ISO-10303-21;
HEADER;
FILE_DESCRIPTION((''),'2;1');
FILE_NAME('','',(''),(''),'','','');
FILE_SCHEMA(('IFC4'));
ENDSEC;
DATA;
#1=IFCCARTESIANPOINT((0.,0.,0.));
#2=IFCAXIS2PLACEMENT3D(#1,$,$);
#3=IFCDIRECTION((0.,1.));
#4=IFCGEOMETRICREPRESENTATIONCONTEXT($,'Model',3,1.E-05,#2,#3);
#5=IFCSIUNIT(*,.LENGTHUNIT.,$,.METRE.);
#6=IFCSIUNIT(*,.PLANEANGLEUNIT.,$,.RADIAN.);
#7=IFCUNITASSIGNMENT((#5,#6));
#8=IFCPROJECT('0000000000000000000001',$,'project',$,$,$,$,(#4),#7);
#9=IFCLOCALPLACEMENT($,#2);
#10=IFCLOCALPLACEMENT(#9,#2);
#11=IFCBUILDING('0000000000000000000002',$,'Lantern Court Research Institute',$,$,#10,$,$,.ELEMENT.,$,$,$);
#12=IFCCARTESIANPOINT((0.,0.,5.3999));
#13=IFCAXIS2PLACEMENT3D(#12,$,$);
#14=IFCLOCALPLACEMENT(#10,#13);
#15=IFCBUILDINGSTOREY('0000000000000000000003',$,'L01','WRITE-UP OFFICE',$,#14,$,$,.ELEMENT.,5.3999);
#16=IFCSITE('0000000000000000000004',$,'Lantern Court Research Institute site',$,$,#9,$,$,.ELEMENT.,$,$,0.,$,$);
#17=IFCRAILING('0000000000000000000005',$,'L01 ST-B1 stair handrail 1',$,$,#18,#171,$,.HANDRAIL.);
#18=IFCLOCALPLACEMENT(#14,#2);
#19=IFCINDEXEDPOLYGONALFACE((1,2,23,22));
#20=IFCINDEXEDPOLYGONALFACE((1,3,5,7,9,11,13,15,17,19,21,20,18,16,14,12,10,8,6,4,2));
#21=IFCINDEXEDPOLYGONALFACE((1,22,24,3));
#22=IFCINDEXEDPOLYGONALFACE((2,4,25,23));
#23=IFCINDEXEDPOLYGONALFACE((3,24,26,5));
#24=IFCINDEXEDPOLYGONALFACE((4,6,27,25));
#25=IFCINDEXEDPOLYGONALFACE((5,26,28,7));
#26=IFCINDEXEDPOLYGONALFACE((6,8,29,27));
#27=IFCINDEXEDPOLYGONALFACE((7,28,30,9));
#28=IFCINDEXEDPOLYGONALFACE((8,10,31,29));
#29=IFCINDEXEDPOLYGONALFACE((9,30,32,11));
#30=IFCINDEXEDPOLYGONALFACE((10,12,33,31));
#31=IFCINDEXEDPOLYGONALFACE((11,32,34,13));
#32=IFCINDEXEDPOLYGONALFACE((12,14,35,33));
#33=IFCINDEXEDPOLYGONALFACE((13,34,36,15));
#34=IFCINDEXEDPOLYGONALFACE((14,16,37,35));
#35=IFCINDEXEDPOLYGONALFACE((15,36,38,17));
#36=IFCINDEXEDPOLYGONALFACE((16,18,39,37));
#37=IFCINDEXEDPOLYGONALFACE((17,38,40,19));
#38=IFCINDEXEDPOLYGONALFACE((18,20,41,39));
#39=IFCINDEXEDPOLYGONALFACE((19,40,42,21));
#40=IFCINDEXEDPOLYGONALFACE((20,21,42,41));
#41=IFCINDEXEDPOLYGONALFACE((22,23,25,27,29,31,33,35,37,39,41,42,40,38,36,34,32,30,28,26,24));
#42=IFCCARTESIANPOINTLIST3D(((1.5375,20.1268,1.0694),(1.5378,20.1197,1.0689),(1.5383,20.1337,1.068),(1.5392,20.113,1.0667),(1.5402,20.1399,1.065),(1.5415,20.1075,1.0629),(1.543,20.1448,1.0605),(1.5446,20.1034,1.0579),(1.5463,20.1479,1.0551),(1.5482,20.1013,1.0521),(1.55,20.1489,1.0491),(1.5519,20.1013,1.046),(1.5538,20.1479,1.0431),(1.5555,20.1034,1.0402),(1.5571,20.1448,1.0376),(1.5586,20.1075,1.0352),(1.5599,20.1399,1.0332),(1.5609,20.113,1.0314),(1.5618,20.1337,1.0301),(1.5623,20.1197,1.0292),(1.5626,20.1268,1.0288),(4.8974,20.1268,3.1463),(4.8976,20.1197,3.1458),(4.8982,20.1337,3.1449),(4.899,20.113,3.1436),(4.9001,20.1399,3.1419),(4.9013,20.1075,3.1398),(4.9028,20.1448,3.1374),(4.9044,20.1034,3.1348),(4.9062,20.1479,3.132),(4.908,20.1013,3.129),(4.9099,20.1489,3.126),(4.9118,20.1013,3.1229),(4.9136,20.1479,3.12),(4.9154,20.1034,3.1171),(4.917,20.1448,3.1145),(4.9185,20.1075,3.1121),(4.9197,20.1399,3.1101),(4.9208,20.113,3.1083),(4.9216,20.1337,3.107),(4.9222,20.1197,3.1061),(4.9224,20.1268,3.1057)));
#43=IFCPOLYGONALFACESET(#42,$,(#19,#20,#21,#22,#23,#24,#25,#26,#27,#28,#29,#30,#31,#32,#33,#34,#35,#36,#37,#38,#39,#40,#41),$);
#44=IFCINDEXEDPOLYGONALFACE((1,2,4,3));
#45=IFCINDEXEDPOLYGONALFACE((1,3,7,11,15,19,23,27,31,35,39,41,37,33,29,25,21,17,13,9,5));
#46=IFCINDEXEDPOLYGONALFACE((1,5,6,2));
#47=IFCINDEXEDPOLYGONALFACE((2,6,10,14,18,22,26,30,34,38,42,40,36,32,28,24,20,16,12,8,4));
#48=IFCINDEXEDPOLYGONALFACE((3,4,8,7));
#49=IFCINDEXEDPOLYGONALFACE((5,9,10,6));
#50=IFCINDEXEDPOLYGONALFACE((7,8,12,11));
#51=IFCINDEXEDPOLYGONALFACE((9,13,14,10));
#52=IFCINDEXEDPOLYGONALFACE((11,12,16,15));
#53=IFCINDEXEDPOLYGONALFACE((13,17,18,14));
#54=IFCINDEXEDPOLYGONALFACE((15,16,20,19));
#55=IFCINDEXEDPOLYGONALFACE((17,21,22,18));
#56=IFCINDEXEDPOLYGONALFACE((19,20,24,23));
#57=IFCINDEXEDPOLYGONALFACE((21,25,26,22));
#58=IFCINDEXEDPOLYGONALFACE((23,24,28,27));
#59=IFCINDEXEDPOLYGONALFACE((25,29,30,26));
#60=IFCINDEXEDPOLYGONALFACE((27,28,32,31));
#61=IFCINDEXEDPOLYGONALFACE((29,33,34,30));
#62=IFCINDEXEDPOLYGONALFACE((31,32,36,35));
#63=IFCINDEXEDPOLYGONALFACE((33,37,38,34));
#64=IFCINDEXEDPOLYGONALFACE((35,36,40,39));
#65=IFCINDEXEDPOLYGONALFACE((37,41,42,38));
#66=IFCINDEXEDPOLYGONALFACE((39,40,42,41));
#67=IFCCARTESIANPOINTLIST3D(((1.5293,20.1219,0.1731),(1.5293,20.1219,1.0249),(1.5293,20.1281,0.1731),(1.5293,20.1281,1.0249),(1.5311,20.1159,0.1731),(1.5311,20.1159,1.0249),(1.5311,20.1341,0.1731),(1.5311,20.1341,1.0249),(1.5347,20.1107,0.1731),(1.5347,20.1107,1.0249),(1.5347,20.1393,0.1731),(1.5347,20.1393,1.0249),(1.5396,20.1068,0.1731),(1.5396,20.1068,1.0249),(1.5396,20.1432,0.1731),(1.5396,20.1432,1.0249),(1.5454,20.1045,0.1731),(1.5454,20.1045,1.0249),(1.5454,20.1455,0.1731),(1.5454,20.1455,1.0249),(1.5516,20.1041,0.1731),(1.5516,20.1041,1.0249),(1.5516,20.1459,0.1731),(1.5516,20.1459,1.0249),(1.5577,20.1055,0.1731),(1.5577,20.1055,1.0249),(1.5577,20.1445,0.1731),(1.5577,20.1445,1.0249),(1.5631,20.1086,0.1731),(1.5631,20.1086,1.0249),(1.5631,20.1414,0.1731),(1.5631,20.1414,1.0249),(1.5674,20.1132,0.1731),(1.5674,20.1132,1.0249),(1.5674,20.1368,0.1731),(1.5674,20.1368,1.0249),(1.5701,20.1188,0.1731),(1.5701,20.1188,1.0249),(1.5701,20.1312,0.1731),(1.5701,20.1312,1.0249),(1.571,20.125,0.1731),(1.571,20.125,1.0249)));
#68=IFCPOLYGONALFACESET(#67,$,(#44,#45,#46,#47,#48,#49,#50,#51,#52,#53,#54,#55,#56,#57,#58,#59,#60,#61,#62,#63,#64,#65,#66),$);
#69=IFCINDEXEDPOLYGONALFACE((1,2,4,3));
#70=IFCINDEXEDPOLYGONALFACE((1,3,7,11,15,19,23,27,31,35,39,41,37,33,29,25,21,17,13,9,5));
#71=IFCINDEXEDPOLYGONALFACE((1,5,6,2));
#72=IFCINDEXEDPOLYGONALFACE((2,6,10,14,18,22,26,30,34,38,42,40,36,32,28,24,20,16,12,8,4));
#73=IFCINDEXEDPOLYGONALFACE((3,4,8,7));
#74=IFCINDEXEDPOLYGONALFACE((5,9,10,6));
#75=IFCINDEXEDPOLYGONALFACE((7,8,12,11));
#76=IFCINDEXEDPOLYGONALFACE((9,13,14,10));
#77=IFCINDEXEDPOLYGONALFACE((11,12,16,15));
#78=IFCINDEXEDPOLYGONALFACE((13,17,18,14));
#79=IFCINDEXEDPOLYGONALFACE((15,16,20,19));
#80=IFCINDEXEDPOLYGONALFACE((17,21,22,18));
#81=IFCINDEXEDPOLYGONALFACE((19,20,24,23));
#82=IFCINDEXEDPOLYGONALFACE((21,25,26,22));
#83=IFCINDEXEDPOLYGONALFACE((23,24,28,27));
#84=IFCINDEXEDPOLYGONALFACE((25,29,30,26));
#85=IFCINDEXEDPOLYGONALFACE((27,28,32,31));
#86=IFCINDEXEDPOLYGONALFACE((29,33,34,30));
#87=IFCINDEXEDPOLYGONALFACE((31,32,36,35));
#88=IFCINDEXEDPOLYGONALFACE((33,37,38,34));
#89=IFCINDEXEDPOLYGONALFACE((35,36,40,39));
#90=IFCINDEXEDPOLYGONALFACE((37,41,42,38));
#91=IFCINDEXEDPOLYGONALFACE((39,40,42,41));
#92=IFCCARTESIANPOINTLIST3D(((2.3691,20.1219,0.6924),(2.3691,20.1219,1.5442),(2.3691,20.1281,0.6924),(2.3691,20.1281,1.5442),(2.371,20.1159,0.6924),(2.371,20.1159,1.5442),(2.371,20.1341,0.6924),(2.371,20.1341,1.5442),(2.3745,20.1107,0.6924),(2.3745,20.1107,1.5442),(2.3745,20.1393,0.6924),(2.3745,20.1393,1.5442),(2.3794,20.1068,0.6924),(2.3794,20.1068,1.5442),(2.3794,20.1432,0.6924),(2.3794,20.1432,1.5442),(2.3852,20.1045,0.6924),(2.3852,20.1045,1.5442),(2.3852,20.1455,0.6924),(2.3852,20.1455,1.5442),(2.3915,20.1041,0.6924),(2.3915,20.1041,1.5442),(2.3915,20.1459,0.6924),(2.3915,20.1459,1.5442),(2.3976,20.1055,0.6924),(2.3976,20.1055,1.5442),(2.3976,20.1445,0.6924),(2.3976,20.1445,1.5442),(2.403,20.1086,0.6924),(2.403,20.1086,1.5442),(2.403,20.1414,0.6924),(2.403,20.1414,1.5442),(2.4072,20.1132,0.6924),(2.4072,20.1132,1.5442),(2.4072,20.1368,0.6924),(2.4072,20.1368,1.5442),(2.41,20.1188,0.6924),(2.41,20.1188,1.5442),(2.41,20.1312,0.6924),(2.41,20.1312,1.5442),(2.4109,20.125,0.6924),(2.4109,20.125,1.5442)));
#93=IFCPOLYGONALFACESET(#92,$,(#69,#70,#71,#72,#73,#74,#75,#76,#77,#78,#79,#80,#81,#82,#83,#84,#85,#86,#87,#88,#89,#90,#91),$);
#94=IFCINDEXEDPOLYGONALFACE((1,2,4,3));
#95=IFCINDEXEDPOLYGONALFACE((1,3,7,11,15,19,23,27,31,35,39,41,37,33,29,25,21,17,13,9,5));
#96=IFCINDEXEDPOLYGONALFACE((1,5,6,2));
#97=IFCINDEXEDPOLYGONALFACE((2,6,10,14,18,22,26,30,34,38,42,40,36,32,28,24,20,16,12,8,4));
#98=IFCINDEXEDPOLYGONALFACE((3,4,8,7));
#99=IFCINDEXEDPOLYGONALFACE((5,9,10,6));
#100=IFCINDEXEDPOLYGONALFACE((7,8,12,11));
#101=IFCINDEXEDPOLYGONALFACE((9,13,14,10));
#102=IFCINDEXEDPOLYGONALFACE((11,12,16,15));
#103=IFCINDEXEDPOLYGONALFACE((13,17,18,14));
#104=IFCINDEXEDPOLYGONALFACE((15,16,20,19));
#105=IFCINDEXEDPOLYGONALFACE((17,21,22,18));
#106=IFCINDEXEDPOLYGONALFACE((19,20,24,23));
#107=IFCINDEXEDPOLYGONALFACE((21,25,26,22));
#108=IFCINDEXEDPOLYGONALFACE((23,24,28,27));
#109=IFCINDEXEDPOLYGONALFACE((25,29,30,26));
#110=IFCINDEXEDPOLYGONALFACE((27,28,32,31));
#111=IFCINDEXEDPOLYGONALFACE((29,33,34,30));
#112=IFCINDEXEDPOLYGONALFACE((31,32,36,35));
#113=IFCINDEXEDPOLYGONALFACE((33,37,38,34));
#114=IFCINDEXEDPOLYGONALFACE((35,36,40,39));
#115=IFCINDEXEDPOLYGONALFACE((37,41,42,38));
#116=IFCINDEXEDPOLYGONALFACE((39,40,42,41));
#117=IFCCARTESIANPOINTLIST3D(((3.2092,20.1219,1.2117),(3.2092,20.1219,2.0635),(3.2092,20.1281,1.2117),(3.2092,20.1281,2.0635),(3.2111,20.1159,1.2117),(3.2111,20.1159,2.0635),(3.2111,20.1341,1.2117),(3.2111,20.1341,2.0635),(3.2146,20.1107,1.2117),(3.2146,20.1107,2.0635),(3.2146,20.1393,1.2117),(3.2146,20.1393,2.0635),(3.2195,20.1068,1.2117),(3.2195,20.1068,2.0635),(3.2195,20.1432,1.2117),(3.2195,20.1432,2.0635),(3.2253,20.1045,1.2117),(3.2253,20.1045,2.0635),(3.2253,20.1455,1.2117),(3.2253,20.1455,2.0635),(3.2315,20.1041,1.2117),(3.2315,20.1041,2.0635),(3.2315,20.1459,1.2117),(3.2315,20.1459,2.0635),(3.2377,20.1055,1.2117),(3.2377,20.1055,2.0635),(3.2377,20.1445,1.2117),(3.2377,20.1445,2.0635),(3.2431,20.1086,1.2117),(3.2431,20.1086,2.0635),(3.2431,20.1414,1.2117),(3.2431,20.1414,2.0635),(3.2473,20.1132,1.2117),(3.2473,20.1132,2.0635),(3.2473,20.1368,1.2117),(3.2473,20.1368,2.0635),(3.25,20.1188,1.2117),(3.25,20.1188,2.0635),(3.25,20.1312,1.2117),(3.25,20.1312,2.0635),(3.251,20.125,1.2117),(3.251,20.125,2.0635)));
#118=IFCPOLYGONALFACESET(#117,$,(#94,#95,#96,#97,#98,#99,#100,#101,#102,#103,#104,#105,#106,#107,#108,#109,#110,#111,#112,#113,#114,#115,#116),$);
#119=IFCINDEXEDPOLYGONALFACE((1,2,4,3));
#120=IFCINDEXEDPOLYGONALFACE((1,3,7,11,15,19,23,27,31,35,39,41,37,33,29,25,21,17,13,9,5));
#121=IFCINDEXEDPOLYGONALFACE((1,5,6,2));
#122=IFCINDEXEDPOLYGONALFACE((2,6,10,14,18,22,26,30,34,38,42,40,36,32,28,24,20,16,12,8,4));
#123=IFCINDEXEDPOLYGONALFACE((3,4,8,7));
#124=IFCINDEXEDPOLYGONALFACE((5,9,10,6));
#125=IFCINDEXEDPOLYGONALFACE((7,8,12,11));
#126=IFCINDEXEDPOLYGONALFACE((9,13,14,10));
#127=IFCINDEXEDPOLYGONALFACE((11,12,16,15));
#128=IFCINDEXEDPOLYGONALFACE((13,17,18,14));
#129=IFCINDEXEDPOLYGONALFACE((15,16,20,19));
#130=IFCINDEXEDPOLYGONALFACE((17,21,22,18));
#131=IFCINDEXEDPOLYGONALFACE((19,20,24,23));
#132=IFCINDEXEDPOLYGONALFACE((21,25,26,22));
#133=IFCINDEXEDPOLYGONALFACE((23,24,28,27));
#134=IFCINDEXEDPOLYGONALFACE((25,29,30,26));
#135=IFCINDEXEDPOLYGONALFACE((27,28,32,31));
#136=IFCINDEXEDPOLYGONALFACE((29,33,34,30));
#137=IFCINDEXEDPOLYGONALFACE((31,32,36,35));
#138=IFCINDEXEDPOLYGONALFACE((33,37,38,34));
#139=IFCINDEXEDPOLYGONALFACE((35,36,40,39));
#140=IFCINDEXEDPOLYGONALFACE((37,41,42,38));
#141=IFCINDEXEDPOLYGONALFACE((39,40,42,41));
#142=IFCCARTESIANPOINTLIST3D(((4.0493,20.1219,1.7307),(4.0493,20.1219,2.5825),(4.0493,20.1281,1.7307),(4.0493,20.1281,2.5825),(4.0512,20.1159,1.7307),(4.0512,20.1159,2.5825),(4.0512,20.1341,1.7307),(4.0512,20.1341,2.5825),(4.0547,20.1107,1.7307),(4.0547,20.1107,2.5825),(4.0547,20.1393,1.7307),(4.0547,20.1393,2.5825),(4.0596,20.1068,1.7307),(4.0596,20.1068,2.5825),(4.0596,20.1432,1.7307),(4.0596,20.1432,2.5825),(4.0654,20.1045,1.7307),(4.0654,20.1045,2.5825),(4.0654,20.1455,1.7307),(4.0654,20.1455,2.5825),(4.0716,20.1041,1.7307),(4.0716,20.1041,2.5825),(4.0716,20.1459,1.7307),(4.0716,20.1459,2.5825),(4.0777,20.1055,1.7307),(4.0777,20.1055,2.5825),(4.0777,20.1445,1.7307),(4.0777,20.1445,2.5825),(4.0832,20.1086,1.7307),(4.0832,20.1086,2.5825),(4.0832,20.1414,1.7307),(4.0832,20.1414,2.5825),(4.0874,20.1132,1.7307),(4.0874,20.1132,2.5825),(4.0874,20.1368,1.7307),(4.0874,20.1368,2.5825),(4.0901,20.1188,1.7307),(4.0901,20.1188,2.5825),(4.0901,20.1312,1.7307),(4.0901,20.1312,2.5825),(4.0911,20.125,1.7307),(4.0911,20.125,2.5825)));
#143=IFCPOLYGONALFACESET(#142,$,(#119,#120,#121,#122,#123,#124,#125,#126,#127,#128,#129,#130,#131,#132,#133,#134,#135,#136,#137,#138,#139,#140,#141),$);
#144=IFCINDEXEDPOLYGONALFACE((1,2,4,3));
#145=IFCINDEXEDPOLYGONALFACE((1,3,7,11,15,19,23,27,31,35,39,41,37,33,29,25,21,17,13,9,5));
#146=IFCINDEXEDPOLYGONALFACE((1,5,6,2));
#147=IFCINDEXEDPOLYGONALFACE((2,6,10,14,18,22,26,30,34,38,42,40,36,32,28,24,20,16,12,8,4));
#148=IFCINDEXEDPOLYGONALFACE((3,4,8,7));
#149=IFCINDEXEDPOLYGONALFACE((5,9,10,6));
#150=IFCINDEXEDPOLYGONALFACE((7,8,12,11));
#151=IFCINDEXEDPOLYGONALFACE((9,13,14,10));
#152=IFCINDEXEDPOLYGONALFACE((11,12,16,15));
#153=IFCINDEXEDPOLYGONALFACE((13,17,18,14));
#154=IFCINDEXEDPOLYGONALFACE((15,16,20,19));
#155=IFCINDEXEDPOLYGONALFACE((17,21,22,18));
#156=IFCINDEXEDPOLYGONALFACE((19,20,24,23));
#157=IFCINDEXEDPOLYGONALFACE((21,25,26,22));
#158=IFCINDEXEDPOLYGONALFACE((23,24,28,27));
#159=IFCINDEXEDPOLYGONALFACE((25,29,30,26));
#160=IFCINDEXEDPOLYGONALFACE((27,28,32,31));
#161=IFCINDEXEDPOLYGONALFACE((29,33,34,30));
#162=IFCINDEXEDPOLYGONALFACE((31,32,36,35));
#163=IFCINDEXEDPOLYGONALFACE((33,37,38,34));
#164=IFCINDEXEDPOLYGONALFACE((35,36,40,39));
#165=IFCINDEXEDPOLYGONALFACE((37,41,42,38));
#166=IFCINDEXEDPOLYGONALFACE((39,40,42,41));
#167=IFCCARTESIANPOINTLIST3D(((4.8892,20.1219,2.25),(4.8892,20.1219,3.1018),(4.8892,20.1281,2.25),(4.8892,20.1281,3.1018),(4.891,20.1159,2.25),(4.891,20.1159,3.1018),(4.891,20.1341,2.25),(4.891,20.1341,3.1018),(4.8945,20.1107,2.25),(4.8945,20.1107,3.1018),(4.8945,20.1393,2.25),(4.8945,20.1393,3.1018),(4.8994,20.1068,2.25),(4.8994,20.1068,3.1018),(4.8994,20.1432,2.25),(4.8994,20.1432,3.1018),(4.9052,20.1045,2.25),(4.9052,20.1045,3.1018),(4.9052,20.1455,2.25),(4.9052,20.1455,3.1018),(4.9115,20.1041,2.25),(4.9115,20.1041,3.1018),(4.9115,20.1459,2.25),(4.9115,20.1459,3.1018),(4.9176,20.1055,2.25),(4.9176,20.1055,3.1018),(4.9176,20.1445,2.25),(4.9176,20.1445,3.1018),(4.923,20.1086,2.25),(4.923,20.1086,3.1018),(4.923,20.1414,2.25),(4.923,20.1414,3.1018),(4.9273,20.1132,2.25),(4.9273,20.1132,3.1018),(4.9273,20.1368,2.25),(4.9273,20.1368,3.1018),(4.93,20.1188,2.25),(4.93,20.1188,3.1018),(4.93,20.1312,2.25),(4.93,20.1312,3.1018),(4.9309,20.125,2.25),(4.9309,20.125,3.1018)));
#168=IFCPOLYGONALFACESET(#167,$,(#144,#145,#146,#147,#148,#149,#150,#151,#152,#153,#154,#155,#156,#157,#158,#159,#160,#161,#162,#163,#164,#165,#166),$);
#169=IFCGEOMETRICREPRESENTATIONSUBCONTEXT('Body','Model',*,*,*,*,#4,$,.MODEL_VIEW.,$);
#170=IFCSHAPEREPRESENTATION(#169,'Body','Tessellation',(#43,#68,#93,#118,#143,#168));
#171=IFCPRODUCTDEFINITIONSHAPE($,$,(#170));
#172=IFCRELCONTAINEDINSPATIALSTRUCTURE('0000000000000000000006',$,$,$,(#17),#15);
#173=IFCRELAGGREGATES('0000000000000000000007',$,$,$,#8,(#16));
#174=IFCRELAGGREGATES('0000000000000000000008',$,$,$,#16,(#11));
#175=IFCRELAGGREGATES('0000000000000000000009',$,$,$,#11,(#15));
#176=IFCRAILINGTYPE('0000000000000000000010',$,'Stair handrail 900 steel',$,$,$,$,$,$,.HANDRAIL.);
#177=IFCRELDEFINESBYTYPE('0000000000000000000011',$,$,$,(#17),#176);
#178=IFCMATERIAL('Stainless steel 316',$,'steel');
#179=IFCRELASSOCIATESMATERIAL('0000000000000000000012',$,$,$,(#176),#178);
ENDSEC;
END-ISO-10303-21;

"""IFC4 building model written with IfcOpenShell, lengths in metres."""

from ifc_helpers import new_model, si_unit, direction, frame, origin, origin_2d, place, context, subcontext, project, spatial, circle, extrude, material, type_object, element, save


model = new_model("IFC4")

# Units and contexts
model_context = context("Model", 3, precision=1e-05, world=origin(), true_north=direction((0.0, 1.0)))
body_context = subcontext(model_context, "Body", "Model", "MODEL_VIEW")
ifc_project = project(units=[si_unit("LENGTHUNIT", "METRE"), si_unit("PLANEANGLEUNIT", "RADIAN")], contexts=[model_context])

# Site, building, storey
site_placement = place(None, origin())
site = spatial("IfcSite", under=ifc_project, at=site_placement, Name="Lantern Court Research Institute site", CompositionType="ELEMENT", RefElevation=0.0)
building_placement = place(site_placement, origin())
building = spatial("IfcBuilding", under=site, at=building_placement, Name="Lantern Court Research Institute", CompositionType="ELEMENT")
storey_placement = place(building_placement, frame((0.0, 0.0, 5.3999)))
storey = spatial("IfcBuildingStorey", under=building, at=storey_placement, Name="L01", Description="WRITE-UP OFFICE", CompositionType="ELEMENT", Elevation=5.3999)

# Railing
ifc_material_1 = material(Name="Stainless steel 316", Category="steel")
railing_type = type_object("IfcRailingType", Name="Stair handrail 900 steel", PredefinedType="HANDRAIL", material=ifc_material_1)
railing_placement = place(storey_placement, frame((1.55, 20.125, 0.1731)))
element("IfcRailing", 1, at=railing_placement, inside=storey, type_object=railing_type, Name="L01 ST-B1 stair handrail 1", PredefinedType="HANDRAIL", context=body_context, shape_type="SweptSolid", body=[
    extrude(circle(Radius=0.0239, at=origin_2d()), frame((0.0, 0.0, 0.876), z_axis=(0.850606, 0.0, 0.525803), x_axis=(0.0, 1.0, 0.0)), (0.0, 0.0, 1.0), 3.95),
    extrude(circle(Radius=0.021, at=origin_2d()), origin(), (0.0, 0.0, 1.0), 0.8518),
    extrude(circle(Radius=0.021, at=origin_2d()), frame((0.8398, 0.0, 0.5193)), (0.0, 0.0, 1.0), 0.8518),
    extrude(circle(Radius=0.021, at=origin_2d()), frame((1.6799, 0.0, 1.0386)), (0.0, 0.0, 1.0), 0.8518),
    extrude(circle(Radius=0.021, at=origin_2d()), frame((2.52, 0.0, 1.5576)), (0.0, 0.0, 1.0), 0.8518),
    extrude(circle(Radius=0.021, at=origin_2d()), frame((3.3599, 0.0, 2.0769)), (0.0, 0.0, 1.0), 0.8518),
])

save(model, "model.ifc")
